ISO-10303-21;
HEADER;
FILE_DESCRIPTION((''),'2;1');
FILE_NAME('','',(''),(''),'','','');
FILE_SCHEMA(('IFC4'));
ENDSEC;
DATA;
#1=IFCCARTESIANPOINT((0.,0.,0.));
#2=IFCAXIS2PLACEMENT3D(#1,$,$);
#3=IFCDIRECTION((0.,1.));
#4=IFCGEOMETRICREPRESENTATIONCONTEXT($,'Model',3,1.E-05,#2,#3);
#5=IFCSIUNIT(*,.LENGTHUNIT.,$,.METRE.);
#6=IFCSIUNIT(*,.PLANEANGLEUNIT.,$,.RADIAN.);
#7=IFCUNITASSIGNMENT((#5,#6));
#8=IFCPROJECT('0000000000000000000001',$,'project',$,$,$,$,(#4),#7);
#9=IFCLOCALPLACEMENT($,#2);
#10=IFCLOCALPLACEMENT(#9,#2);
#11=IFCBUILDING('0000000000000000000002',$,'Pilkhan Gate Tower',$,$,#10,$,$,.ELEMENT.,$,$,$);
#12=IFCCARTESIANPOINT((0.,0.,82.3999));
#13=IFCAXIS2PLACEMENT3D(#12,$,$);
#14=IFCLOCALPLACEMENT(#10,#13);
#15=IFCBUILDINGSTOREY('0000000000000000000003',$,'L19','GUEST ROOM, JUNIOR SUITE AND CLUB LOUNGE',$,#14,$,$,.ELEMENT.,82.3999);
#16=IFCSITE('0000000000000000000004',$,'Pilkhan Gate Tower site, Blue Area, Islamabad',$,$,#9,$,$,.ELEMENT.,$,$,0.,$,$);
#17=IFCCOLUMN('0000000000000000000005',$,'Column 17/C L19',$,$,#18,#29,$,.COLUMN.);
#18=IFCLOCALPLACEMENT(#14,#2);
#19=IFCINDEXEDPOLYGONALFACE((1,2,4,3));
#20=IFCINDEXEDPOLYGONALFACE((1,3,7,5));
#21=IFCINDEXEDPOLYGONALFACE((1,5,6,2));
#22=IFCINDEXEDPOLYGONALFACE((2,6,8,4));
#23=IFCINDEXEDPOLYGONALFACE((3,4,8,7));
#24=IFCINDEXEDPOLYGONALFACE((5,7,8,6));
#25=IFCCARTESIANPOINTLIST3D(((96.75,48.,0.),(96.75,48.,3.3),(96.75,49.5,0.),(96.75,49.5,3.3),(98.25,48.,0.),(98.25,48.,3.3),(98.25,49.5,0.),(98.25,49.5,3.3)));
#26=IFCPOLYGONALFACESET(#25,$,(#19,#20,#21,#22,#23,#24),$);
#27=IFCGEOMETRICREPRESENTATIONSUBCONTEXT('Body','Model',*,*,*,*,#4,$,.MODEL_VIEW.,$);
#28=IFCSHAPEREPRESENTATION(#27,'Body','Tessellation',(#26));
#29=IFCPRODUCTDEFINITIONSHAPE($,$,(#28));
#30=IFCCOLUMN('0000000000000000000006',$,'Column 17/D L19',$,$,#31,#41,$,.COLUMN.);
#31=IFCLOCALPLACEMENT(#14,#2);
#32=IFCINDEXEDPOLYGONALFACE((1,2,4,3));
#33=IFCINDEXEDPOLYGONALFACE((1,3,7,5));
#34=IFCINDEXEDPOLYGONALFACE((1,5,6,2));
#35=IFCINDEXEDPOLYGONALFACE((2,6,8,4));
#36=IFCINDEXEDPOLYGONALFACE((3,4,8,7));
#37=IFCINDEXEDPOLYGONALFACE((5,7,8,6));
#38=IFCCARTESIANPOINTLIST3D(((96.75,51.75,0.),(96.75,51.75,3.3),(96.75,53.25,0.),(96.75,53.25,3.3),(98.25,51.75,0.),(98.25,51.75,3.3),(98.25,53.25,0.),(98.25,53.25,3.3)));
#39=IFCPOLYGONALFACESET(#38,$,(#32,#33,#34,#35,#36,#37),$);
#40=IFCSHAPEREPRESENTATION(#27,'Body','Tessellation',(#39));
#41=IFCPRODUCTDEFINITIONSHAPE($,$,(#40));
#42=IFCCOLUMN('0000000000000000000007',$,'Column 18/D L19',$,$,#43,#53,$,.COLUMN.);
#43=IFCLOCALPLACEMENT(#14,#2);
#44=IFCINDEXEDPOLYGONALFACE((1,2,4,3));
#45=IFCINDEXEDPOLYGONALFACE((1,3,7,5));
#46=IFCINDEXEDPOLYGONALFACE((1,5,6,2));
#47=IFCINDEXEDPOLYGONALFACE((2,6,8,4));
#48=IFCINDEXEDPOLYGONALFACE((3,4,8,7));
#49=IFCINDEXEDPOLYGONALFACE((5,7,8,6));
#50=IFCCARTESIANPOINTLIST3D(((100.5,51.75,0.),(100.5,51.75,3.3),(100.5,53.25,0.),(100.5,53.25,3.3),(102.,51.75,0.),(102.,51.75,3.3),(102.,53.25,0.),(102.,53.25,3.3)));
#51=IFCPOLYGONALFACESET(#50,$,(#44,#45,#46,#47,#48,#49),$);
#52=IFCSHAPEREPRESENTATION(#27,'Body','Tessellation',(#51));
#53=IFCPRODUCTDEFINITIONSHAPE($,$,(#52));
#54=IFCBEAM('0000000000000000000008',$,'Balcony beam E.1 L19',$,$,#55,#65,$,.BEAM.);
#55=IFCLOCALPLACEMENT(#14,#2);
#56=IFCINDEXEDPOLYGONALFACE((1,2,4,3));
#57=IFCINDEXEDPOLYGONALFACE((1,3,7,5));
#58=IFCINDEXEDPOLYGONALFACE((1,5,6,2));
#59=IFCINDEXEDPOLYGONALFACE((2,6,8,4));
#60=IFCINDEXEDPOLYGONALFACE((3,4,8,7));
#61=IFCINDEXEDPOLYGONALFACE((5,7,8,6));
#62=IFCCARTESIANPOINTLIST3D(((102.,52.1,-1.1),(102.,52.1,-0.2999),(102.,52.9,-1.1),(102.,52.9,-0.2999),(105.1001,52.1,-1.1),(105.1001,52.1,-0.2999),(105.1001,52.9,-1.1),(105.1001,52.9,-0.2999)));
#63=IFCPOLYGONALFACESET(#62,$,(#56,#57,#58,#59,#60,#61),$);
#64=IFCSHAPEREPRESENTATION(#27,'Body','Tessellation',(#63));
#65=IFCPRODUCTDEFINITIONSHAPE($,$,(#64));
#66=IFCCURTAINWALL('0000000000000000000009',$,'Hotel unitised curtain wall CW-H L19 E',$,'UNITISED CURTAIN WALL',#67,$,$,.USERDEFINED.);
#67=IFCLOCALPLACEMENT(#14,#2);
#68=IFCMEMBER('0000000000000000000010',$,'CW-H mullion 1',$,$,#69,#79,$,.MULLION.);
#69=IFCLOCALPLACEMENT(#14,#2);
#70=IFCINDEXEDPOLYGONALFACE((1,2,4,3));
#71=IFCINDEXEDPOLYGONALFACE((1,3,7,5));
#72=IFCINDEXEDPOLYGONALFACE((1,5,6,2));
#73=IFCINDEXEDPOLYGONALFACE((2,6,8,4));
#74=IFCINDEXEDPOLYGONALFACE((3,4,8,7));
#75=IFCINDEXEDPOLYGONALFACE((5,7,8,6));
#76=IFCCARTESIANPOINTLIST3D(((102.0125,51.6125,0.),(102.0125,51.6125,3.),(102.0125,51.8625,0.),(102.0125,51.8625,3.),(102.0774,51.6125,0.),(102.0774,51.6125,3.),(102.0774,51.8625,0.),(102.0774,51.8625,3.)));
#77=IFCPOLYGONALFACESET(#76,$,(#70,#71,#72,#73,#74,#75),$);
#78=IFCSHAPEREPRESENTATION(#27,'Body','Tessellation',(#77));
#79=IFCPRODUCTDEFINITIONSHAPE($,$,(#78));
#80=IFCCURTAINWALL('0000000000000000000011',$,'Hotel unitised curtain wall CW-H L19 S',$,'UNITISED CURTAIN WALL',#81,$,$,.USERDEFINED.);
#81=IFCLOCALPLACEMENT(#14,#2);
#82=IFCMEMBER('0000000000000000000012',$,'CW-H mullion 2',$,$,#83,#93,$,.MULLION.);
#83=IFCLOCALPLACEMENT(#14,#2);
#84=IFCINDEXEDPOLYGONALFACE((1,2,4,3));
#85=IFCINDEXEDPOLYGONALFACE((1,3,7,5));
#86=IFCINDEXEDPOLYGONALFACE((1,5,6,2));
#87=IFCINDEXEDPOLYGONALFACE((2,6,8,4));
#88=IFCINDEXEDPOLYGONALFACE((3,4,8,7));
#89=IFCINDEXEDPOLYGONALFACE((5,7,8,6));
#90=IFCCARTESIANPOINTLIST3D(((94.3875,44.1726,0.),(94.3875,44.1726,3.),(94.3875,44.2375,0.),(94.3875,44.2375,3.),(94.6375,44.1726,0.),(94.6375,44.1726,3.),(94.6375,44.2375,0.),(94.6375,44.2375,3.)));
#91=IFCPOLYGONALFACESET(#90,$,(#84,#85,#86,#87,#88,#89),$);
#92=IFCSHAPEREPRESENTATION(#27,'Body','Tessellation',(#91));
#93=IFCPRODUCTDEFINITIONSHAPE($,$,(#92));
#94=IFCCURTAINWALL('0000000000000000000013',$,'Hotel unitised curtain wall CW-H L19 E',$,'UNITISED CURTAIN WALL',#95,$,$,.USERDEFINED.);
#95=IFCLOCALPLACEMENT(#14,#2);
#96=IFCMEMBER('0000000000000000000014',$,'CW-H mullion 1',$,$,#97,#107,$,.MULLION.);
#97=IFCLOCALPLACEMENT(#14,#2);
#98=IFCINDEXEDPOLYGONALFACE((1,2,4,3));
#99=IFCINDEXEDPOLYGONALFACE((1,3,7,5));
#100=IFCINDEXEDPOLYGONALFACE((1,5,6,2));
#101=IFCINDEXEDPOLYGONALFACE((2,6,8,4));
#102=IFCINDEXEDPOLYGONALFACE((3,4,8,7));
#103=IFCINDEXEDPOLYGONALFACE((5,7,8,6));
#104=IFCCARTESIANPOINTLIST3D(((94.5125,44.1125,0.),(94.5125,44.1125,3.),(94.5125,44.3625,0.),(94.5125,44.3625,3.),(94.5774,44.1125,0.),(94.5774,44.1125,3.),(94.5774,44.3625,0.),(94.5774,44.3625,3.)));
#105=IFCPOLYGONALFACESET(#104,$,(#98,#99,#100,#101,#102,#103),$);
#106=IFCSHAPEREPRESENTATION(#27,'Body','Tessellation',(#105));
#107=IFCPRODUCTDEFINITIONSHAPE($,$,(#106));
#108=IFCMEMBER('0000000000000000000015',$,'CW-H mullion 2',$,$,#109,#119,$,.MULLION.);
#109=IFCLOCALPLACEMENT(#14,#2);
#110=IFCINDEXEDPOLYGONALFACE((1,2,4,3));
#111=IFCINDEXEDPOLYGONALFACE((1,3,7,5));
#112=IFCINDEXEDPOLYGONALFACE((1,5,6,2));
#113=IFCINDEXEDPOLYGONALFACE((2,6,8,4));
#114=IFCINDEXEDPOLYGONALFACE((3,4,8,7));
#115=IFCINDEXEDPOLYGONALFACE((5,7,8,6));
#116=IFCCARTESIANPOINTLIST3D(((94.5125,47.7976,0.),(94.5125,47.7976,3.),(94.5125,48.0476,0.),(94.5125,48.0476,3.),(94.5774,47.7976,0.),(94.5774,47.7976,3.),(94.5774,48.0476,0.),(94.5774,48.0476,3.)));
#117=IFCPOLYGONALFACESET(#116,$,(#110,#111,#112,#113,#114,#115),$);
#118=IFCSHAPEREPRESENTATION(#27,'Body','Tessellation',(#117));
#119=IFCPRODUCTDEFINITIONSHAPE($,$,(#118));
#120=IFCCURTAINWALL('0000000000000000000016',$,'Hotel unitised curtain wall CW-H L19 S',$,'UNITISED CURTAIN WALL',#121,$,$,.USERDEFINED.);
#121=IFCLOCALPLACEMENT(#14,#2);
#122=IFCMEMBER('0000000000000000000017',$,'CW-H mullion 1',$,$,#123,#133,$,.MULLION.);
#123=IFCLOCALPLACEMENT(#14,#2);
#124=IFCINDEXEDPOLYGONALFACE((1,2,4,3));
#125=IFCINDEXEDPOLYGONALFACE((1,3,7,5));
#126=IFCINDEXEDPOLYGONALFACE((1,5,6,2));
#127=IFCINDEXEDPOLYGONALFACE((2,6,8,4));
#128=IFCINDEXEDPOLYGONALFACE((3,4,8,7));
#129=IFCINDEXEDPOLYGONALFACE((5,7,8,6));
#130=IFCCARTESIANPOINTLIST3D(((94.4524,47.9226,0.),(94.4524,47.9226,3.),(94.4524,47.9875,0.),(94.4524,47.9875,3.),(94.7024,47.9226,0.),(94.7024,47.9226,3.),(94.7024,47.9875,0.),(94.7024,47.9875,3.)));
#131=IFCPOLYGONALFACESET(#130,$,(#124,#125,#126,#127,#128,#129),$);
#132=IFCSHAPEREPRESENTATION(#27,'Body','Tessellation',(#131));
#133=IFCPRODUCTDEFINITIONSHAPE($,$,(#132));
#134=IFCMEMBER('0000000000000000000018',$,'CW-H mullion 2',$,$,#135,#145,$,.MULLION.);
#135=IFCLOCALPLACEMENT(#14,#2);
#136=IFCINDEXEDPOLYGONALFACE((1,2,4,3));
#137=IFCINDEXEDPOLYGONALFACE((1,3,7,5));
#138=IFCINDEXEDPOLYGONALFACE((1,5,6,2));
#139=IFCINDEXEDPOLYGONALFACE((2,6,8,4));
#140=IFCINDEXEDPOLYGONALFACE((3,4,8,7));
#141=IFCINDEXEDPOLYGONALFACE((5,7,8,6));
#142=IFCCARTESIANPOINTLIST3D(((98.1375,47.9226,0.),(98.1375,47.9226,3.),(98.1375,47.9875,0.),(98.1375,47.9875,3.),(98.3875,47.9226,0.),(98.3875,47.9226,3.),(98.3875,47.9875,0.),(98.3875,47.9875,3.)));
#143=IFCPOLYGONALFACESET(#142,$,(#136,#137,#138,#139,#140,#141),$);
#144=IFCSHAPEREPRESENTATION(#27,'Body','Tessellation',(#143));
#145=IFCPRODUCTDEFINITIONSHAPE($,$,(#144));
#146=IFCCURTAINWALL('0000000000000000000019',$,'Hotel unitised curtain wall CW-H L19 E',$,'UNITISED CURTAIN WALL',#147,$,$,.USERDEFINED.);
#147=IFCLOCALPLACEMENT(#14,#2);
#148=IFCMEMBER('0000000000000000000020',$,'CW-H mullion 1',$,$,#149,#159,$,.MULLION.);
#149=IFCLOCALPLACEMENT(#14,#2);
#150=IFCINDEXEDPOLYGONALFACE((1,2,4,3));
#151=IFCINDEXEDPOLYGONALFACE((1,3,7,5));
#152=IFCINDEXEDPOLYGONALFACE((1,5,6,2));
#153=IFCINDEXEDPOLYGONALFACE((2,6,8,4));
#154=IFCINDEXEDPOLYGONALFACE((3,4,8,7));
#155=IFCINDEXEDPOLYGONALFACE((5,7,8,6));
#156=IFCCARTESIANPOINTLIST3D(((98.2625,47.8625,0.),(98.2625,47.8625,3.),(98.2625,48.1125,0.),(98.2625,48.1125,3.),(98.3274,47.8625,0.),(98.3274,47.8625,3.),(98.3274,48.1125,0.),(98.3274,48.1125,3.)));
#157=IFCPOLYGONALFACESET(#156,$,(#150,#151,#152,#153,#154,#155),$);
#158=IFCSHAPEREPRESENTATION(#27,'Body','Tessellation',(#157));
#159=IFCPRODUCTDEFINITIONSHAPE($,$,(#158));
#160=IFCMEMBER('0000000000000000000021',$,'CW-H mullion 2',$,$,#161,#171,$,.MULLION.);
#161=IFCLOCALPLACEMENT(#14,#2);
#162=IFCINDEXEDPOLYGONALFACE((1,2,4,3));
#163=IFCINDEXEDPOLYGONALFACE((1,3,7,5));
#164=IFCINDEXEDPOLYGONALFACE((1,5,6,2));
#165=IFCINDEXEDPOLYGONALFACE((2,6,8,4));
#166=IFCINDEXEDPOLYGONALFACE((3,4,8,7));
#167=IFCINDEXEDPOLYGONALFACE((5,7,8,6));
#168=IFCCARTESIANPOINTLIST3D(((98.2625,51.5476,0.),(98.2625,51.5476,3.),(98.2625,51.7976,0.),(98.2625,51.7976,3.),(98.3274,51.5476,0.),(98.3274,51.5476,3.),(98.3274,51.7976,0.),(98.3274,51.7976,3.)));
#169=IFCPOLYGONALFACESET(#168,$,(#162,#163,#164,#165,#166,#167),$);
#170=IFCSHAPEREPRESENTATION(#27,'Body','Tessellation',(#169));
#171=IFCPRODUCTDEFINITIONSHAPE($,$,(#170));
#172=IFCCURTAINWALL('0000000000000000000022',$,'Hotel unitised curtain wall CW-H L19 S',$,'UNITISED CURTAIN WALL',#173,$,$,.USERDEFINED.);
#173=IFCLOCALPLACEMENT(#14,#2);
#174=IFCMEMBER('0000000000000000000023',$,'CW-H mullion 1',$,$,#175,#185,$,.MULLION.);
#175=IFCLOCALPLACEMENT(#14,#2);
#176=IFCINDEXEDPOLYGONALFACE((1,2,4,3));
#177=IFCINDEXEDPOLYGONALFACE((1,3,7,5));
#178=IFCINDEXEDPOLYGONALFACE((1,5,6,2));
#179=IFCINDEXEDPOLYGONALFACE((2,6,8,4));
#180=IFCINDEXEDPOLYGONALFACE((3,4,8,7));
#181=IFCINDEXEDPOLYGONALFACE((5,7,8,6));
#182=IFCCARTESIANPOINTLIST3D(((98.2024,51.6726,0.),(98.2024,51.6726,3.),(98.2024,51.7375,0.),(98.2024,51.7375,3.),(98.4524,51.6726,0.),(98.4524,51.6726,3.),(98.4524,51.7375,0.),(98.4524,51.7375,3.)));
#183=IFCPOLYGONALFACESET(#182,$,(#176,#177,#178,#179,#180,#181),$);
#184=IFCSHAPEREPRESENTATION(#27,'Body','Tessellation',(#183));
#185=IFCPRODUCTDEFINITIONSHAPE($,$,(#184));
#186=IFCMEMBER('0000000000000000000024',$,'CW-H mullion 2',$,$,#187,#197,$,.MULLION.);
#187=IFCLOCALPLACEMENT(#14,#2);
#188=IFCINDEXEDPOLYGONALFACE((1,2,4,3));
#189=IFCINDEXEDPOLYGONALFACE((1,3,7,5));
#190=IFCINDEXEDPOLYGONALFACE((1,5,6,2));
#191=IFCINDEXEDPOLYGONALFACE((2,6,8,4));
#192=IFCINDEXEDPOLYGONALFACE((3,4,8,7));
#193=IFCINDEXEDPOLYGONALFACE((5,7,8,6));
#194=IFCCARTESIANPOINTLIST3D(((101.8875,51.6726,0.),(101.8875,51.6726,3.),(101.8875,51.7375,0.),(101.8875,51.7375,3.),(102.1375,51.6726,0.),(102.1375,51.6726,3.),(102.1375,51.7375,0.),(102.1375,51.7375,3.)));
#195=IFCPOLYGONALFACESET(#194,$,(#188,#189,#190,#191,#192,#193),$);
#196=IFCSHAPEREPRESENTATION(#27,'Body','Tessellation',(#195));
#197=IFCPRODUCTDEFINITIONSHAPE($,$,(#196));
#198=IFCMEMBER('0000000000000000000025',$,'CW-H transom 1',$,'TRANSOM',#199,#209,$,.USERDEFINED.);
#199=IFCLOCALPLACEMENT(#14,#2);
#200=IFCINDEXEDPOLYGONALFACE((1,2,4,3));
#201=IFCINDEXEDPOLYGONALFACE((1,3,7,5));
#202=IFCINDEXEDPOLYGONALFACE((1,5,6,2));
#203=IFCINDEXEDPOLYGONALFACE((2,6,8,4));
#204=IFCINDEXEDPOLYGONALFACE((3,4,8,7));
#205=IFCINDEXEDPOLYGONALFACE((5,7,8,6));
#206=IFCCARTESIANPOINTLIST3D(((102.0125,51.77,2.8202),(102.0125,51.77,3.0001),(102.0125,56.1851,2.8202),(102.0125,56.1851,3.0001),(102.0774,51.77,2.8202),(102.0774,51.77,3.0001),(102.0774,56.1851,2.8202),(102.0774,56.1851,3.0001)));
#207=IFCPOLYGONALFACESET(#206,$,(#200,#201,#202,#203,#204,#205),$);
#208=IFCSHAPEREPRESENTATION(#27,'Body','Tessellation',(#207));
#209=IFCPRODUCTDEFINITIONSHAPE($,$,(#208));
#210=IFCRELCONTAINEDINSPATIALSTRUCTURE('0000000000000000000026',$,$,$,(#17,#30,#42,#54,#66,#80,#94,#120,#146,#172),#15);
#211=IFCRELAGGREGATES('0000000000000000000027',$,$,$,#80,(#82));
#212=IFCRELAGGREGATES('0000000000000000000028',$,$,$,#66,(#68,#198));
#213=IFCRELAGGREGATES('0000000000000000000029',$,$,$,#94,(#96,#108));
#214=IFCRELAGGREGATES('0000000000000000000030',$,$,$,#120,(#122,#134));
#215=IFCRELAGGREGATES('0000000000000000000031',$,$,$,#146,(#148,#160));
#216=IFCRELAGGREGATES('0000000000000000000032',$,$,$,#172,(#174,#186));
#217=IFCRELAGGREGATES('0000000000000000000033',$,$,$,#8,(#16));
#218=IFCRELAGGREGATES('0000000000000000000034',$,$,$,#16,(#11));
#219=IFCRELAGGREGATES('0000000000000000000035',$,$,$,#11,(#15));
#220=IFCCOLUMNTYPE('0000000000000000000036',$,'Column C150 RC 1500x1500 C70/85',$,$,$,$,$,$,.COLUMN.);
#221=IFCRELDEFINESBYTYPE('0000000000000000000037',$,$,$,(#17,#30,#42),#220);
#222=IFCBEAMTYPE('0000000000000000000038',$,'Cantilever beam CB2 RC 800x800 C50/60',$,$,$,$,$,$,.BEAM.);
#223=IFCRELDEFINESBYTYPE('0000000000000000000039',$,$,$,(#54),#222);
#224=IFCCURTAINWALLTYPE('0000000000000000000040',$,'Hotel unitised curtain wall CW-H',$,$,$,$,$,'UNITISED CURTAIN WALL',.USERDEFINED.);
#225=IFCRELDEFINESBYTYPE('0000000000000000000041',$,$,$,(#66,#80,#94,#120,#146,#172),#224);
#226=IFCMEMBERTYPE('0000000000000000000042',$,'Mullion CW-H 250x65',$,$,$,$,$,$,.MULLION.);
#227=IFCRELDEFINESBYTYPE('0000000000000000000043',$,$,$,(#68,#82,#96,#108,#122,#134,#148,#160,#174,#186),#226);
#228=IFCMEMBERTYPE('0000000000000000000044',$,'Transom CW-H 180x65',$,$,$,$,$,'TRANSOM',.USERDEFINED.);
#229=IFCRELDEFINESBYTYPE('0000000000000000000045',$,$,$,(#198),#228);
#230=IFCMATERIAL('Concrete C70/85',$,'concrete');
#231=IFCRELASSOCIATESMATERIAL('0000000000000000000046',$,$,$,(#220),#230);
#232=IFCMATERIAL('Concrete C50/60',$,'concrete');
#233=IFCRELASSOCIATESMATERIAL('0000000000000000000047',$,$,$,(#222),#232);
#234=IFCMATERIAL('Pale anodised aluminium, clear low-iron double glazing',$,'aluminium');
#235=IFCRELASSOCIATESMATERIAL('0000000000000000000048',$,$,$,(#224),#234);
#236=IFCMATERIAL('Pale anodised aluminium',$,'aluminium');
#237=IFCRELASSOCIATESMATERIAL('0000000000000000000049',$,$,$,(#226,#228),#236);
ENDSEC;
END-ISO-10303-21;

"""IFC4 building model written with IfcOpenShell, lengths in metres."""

from ifc_helpers import new_model, si_unit, direction, frame, origin, origin_2d, place, context, subcontext, project, spatial, rectangle, extrude, material, material_profile, profile_set, type_object, element, aggregate, save


model = new_model("IFC4")

# Units and contexts
model_context = context("Model", 3, precision=1e-05, world=origin(), true_north=direction((0.0, 1.0)))
body_context = subcontext(model_context, "Body", "Model", "MODEL_VIEW")
ifc_project = project(units=[si_unit("LENGTHUNIT", "METRE"), si_unit("PLANEANGLEUNIT", "RADIAN")], contexts=[model_context])

# Site, building, storey
site_placement = place(None, origin())
site = spatial("IfcSite", under=ifc_project, at=site_placement, Name="Pilkhan Gate Tower site, Blue Area, Islamabad", CompositionType="ELEMENT", RefElevation=0.0)
building_placement = place(site_placement, origin())
building = spatial("IfcBuilding", under=site, at=building_placement, Name="Pilkhan Gate Tower", CompositionType="ELEMENT")
storey_placement = place(building_placement, frame((0.0, 0.0, 82.3999)))
storey = spatial("IfcBuildingStorey", under=building, at=storey_placement, Name="L19", Description="GUEST ROOM, JUNIOR SUITE AND CLUB LOUNGE", CompositionType="ELEMENT", Elevation=82.3999)

# Columns
ifc_material_1 = material(Name="Concrete C70/85", Category="concrete")
ifc_material_profile_1 = material_profile(ifc_material_1, rectangle(XDim=1.5, YDim=1.5, at=origin_2d()), Name="RC 1500x1500")
ifc_profile_set_1 = profile_set([ifc_material_profile_1], Name="Concrete C70/85")
column_type = type_object("IfcColumnType", Name="Column C150 RC 1500x1500 C70/85", PredefinedType="COLUMN", material=ifc_profile_set_1)
for number, where, z_axis, x_axis, name in (
    (1, (97.5, 48.75, 0.0), (0.0, 0.0, 1.0), (1.0, 0.0, 0.0), "Column 17/C L19"),
    (2, (97.5, 52.5, 0.0), (0.0, 0.0, 1.0), (1.0, 0.0, 0.0), "Column 17/D L19"),
    (3, (101.25, 52.5, 0.0), (0.0, 0.0, 1.0), (1.0, 0.0, 0.0), "Column 18/D L19"),
):
    element("IfcColumn", number, at=place(storey_placement, frame(where, z_axis=z_axis, x_axis=x_axis)), inside=storey, type_object=column_type, Name=name, PredefinedType="COLUMN", context=body_context, shape_type="SweptSolid", body=[
        extrude(rectangle(XDim=1.5, YDim=1.5, at=origin_2d()), origin(), (0.0, 0.0, 1.0), 3.3),
    ])

# Beam
ifc_material_2 = material(Name="Concrete C50/60", Category="concrete")
ifc_material_profile_2 = material_profile(ifc_material_2, rectangle(XDim=0.8, YDim=0.8, at=origin_2d()), Name="RC 800x800")
ifc_profile_set_2 = profile_set([ifc_material_profile_2], Name="Concrete C50/60")
beam_type = type_object("IfcBeamType", Name="Cantilever beam CB2 RC 800x800 C50/60", PredefinedType="BEAM", material=ifc_profile_set_2)
beam_placement = place(storey_placement, frame((102.0, 52.5, -0.7), z_axis=(1.0, 0.0, 0.0), x_axis=(0.0, 1.0, 0.0)))
element("IfcBeam", 4, at=beam_placement, inside=storey, type_object=beam_type, Name="Balcony beam E.1 L19", PredefinedType="BEAM", context=body_context, shape_type="SweptSolid", body=[
    extrude(rectangle(XDim=0.8, YDim=0.8, at=origin_2d()), origin(), (0.0, 0.0, 1.0), 3.1001),
])

# Curtain walls, members
ifc_material_3 = material(Name="Pale anodised aluminium, clear low-iron double glazing", Category="aluminium")
curtain_wall_type = type_object("IfcCurtainWallType", Name="Hotel unitised curtain wall CW-H", ElementType="UNITISED CURTAIN WALL", PredefinedType="USERDEFINED", material=ifc_material_3)
curtain_wall_1_placement = place(storey_placement, origin())
curtain_wall_1 = element("IfcCurtainWall", 5, at=curtain_wall_1_placement, inside=storey, type_object=curtain_wall_type, Name="Hotel unitised curtain wall CW-H L19 E", ObjectType="UNITISED CURTAIN WALL", PredefinedType="USERDEFINED")
ifc_material_4 = material(Name="Pale anodised aluminium", Category="aluminium")
ifc_material_profile_3 = material_profile(ifc_material_4, rectangle(XDim=0.0649, YDim=0.25, at=origin_2d()), Name="Mullion 250x65")
ifc_profile_set_3 = profile_set([ifc_material_profile_3], Name="Pale anodised aluminium")
member_type_1 = type_object("IfcMemberType", Name="Mullion CW-H 250x65", PredefinedType="MULLION", material=ifc_profile_set_3)
member_1_placement = place(storey_placement, frame((102.0449, 51.7375, 0.0), z_axis=(0.0, 0.0, 1.0), x_axis=(-1.0, 0.0, 0.0)))
member_1 = element("IfcMember", 6, at=member_1_placement, type_object=member_type_1, Name="CW-H mullion 1", PredefinedType="MULLION", context=body_context, shape_type="SweptSolid", body=[
    extrude(rectangle(XDim=0.0649, YDim=0.25, at=origin_2d()), origin(), (0.0, 0.0, 1.0), 3.0),
])
curtain_wall_2_placement = place(storey_placement, origin())
curtain_wall_2 = element("IfcCurtainWall", 7, at=curtain_wall_2_placement, inside=storey, type_object=curtain_wall_type, Name="Hotel unitised curtain wall CW-H L19 S", ObjectType="UNITISED CURTAIN WALL", PredefinedType="USERDEFINED")
member_2_placement = place(storey_placement, frame((94.5125, 44.2051, 0.0), z_axis=(0.0, 0.0, 1.0), x_axis=(0.0, 1.0, 0.0)))
member_2 = element("IfcMember", 8, at=member_2_placement, type_object=member_type_1, Name="CW-H mullion 2", PredefinedType="MULLION", context=body_context, shape_type="SweptSolid", body=[
    extrude(rectangle(XDim=0.0649, YDim=0.25, at=origin_2d()), origin(), (0.0, 0.0, 1.0), 3.0),
])
aggregate(curtain_wall_2, [member_2])

# Curtain walls, members
curtain_wall_3_placement = place(storey_placement, origin())
curtain_wall_3 = element("IfcCurtainWall", 9, at=curtain_wall_3_placement, inside=storey, type_object=curtain_wall_type, Name="Hotel unitised curtain wall CW-H L19 E", ObjectType="UNITISED CURTAIN WALL", PredefinedType="USERDEFINED")
member_3_placement = place(storey_placement, frame((94.5449, 44.2375, 0.0), z_axis=(0.0, 0.0, 1.0), x_axis=(-1.0, 0.0, 0.0)))
member_3 = element("IfcMember", 10, at=member_3_placement, type_object=member_type_1, Name="CW-H mullion 1", PredefinedType="MULLION", context=body_context, shape_type="SweptSolid", body=[
    extrude(rectangle(XDim=0.0649, YDim=0.25, at=origin_2d()), origin(), (0.0, 0.0, 1.0), 3.0),
])
member_4_placement = place(storey_placement, frame((94.5449, 47.9226, 0.0), z_axis=(0.0, 0.0, 1.0), x_axis=(-1.0, 0.0, 0.0)))
member_4 = element("IfcMember", 11, at=member_4_placement, type_object=member_type_1, Name="CW-H mullion 2", PredefinedType="MULLION", context=body_context, shape_type="SweptSolid", body=[
    extrude(rectangle(XDim=0.0649, YDim=0.25, at=origin_2d()), origin(), (0.0, 0.0, 1.0), 3.0),
])
curtain_wall_4_placement = place(storey_placement, origin())
curtain_wall_4 = element("IfcCurtainWall", 12, at=curtain_wall_4_placement, inside=storey, type_object=curtain_wall_type, Name="Hotel unitised curtain wall CW-H L19 S", ObjectType="UNITISED CURTAIN WALL", PredefinedType="USERDEFINED")
member_5_placement = place(storey_placement, frame((94.5774, 47.9551, 0.0), z_axis=(0.0, 0.0, 1.0), x_axis=(0.0, 1.0, 0.0)))
member_5 = element("IfcMember", 13, at=member_5_placement, type_object=member_type_1, Name="CW-H mullion 1", PredefinedType="MULLION", context=body_context, shape_type="SweptSolid", body=[
    extrude(rectangle(XDim=0.0649, YDim=0.25, at=origin_2d()), origin(), (0.0, 0.0, 1.0), 3.0),
])
member_6_placement = place(storey_placement, frame((98.2625, 47.9551, 0.0), z_axis=(0.0, 0.0, 1.0), x_axis=(0.0, 1.0, 0.0)))
member_6 = element("IfcMember", 14, at=member_6_placement, type_object=member_type_1, Name="CW-H mullion 2", PredefinedType="MULLION", context=body_context, shape_type="SweptSolid", body=[
    extrude(rectangle(XDim=0.0649, YDim=0.25, at=origin_2d()), origin(), (0.0, 0.0, 1.0), 3.0),
])
curtain_wall_5_placement = place(storey_placement, origin())
curtain_wall_5 = element("IfcCurtainWall", 15, at=curtain_wall_5_placement, inside=storey, type_object=curtain_wall_type, Name="Hotel unitised curtain wall CW-H L19 E", ObjectType="UNITISED CURTAIN WALL", PredefinedType="USERDEFINED")
member_7_placement = place(storey_placement, frame((98.2949, 47.9875, 0.0), z_axis=(0.0, 0.0, 1.0), x_axis=(-1.0, 0.0, 0.0)))
member_7 = element("IfcMember", 16, at=member_7_placement, type_object=member_type_1, Name="CW-H mullion 1", PredefinedType="MULLION", context=body_context, shape_type="SweptSolid", body=[
    extrude(rectangle(XDim=0.0649, YDim=0.25, at=origin_2d()), origin(), (0.0, 0.0, 1.0), 3.0),
])
member_8_placement = place(storey_placement, frame((98.2949, 51.6726, 0.0), z_axis=(0.0, 0.0, 1.0), x_axis=(-1.0, 0.0, 0.0)))
member_8 = element("IfcMember", 17, at=member_8_placement, type_object=member_type_1, Name="CW-H mullion 2", PredefinedType="MULLION", context=body_context, shape_type="SweptSolid", body=[
    extrude(rectangle(XDim=0.0649, YDim=0.25, at=origin_2d()), origin(), (0.0, 0.0, 1.0), 3.0),
])
curtain_wall_6_placement = place(storey_placement, origin())
curtain_wall_6 = element("IfcCurtainWall", 18, at=curtain_wall_6_placement, inside=storey, type_object=curtain_wall_type, Name="Hotel unitised curtain wall CW-H L19 S", ObjectType="UNITISED CURTAIN WALL", PredefinedType="USERDEFINED")
member_9_placement = place(storey_placement, frame((98.3274, 51.7051, 0.0), z_axis=(0.0, 0.0, 1.0), x_axis=(0.0, 1.0, 0.0)))
member_9 = element("IfcMember", 19, at=member_9_placement, type_object=member_type_1, Name="CW-H mullion 1", PredefinedType="MULLION", context=body_context, shape_type="SweptSolid", body=[
    extrude(rectangle(XDim=0.0649, YDim=0.25, at=origin_2d()), origin(), (0.0, 0.0, 1.0), 3.0),
])
member_10_placement = place(storey_placement, frame((102.0125, 51.7051, 0.0), z_axis=(0.0, 0.0, 1.0), x_axis=(0.0, 1.0, 0.0)))
member_10 = element("IfcMember", 20, at=member_10_placement, type_object=member_type_1, Name="CW-H mullion 2", PredefinedType="MULLION", context=body_context, shape_type="SweptSolid", body=[
    extrude(rectangle(XDim=0.0649, YDim=0.25, at=origin_2d()), origin(), (0.0, 0.0, 1.0), 3.0),
])

# Member
ifc_material_profile_4 = material_profile(ifc_material_4, rectangle(XDim=0.0649, YDim=0.1799, at=origin_2d()), Name="Transom 180x65")
ifc_profile_set_4 = profile_set([ifc_material_profile_4], Name="Pale anodised aluminium")
member_type_2 = type_object("IfcMemberType", Name="Transom CW-H 180x65", ElementType="TRANSOM", PredefinedType="USERDEFINED", material=ifc_profile_set_4)
member_11_placement = place(storey_placement, frame((102.0449, 51.77, 2.9102), z_axis=(0.0, 1.0, 0.0), x_axis=(-1.0, 0.0, 0.0)))
member_11 = element("IfcMember", 21, at=member_11_placement, type_object=member_type_2, Name="CW-H transom 1", ObjectType="TRANSOM", PredefinedType="USERDEFINED", context=body_context, shape_type="SweptSolid", body=[
    extrude(rectangle(XDim=0.0649, YDim=0.1799, at=origin_2d()), origin(), (0.0, 0.0, 1.0), 4.415),
])

aggregate(curtain_wall_1, [member_1, member_11])
aggregate(curtain_wall_3, [member_3, member_4])
aggregate(curtain_wall_4, [member_5, member_6])
aggregate(curtain_wall_5, [member_7, member_8])
aggregate(curtain_wall_6, [member_9, member_10])

save(model, "model.ifc")
